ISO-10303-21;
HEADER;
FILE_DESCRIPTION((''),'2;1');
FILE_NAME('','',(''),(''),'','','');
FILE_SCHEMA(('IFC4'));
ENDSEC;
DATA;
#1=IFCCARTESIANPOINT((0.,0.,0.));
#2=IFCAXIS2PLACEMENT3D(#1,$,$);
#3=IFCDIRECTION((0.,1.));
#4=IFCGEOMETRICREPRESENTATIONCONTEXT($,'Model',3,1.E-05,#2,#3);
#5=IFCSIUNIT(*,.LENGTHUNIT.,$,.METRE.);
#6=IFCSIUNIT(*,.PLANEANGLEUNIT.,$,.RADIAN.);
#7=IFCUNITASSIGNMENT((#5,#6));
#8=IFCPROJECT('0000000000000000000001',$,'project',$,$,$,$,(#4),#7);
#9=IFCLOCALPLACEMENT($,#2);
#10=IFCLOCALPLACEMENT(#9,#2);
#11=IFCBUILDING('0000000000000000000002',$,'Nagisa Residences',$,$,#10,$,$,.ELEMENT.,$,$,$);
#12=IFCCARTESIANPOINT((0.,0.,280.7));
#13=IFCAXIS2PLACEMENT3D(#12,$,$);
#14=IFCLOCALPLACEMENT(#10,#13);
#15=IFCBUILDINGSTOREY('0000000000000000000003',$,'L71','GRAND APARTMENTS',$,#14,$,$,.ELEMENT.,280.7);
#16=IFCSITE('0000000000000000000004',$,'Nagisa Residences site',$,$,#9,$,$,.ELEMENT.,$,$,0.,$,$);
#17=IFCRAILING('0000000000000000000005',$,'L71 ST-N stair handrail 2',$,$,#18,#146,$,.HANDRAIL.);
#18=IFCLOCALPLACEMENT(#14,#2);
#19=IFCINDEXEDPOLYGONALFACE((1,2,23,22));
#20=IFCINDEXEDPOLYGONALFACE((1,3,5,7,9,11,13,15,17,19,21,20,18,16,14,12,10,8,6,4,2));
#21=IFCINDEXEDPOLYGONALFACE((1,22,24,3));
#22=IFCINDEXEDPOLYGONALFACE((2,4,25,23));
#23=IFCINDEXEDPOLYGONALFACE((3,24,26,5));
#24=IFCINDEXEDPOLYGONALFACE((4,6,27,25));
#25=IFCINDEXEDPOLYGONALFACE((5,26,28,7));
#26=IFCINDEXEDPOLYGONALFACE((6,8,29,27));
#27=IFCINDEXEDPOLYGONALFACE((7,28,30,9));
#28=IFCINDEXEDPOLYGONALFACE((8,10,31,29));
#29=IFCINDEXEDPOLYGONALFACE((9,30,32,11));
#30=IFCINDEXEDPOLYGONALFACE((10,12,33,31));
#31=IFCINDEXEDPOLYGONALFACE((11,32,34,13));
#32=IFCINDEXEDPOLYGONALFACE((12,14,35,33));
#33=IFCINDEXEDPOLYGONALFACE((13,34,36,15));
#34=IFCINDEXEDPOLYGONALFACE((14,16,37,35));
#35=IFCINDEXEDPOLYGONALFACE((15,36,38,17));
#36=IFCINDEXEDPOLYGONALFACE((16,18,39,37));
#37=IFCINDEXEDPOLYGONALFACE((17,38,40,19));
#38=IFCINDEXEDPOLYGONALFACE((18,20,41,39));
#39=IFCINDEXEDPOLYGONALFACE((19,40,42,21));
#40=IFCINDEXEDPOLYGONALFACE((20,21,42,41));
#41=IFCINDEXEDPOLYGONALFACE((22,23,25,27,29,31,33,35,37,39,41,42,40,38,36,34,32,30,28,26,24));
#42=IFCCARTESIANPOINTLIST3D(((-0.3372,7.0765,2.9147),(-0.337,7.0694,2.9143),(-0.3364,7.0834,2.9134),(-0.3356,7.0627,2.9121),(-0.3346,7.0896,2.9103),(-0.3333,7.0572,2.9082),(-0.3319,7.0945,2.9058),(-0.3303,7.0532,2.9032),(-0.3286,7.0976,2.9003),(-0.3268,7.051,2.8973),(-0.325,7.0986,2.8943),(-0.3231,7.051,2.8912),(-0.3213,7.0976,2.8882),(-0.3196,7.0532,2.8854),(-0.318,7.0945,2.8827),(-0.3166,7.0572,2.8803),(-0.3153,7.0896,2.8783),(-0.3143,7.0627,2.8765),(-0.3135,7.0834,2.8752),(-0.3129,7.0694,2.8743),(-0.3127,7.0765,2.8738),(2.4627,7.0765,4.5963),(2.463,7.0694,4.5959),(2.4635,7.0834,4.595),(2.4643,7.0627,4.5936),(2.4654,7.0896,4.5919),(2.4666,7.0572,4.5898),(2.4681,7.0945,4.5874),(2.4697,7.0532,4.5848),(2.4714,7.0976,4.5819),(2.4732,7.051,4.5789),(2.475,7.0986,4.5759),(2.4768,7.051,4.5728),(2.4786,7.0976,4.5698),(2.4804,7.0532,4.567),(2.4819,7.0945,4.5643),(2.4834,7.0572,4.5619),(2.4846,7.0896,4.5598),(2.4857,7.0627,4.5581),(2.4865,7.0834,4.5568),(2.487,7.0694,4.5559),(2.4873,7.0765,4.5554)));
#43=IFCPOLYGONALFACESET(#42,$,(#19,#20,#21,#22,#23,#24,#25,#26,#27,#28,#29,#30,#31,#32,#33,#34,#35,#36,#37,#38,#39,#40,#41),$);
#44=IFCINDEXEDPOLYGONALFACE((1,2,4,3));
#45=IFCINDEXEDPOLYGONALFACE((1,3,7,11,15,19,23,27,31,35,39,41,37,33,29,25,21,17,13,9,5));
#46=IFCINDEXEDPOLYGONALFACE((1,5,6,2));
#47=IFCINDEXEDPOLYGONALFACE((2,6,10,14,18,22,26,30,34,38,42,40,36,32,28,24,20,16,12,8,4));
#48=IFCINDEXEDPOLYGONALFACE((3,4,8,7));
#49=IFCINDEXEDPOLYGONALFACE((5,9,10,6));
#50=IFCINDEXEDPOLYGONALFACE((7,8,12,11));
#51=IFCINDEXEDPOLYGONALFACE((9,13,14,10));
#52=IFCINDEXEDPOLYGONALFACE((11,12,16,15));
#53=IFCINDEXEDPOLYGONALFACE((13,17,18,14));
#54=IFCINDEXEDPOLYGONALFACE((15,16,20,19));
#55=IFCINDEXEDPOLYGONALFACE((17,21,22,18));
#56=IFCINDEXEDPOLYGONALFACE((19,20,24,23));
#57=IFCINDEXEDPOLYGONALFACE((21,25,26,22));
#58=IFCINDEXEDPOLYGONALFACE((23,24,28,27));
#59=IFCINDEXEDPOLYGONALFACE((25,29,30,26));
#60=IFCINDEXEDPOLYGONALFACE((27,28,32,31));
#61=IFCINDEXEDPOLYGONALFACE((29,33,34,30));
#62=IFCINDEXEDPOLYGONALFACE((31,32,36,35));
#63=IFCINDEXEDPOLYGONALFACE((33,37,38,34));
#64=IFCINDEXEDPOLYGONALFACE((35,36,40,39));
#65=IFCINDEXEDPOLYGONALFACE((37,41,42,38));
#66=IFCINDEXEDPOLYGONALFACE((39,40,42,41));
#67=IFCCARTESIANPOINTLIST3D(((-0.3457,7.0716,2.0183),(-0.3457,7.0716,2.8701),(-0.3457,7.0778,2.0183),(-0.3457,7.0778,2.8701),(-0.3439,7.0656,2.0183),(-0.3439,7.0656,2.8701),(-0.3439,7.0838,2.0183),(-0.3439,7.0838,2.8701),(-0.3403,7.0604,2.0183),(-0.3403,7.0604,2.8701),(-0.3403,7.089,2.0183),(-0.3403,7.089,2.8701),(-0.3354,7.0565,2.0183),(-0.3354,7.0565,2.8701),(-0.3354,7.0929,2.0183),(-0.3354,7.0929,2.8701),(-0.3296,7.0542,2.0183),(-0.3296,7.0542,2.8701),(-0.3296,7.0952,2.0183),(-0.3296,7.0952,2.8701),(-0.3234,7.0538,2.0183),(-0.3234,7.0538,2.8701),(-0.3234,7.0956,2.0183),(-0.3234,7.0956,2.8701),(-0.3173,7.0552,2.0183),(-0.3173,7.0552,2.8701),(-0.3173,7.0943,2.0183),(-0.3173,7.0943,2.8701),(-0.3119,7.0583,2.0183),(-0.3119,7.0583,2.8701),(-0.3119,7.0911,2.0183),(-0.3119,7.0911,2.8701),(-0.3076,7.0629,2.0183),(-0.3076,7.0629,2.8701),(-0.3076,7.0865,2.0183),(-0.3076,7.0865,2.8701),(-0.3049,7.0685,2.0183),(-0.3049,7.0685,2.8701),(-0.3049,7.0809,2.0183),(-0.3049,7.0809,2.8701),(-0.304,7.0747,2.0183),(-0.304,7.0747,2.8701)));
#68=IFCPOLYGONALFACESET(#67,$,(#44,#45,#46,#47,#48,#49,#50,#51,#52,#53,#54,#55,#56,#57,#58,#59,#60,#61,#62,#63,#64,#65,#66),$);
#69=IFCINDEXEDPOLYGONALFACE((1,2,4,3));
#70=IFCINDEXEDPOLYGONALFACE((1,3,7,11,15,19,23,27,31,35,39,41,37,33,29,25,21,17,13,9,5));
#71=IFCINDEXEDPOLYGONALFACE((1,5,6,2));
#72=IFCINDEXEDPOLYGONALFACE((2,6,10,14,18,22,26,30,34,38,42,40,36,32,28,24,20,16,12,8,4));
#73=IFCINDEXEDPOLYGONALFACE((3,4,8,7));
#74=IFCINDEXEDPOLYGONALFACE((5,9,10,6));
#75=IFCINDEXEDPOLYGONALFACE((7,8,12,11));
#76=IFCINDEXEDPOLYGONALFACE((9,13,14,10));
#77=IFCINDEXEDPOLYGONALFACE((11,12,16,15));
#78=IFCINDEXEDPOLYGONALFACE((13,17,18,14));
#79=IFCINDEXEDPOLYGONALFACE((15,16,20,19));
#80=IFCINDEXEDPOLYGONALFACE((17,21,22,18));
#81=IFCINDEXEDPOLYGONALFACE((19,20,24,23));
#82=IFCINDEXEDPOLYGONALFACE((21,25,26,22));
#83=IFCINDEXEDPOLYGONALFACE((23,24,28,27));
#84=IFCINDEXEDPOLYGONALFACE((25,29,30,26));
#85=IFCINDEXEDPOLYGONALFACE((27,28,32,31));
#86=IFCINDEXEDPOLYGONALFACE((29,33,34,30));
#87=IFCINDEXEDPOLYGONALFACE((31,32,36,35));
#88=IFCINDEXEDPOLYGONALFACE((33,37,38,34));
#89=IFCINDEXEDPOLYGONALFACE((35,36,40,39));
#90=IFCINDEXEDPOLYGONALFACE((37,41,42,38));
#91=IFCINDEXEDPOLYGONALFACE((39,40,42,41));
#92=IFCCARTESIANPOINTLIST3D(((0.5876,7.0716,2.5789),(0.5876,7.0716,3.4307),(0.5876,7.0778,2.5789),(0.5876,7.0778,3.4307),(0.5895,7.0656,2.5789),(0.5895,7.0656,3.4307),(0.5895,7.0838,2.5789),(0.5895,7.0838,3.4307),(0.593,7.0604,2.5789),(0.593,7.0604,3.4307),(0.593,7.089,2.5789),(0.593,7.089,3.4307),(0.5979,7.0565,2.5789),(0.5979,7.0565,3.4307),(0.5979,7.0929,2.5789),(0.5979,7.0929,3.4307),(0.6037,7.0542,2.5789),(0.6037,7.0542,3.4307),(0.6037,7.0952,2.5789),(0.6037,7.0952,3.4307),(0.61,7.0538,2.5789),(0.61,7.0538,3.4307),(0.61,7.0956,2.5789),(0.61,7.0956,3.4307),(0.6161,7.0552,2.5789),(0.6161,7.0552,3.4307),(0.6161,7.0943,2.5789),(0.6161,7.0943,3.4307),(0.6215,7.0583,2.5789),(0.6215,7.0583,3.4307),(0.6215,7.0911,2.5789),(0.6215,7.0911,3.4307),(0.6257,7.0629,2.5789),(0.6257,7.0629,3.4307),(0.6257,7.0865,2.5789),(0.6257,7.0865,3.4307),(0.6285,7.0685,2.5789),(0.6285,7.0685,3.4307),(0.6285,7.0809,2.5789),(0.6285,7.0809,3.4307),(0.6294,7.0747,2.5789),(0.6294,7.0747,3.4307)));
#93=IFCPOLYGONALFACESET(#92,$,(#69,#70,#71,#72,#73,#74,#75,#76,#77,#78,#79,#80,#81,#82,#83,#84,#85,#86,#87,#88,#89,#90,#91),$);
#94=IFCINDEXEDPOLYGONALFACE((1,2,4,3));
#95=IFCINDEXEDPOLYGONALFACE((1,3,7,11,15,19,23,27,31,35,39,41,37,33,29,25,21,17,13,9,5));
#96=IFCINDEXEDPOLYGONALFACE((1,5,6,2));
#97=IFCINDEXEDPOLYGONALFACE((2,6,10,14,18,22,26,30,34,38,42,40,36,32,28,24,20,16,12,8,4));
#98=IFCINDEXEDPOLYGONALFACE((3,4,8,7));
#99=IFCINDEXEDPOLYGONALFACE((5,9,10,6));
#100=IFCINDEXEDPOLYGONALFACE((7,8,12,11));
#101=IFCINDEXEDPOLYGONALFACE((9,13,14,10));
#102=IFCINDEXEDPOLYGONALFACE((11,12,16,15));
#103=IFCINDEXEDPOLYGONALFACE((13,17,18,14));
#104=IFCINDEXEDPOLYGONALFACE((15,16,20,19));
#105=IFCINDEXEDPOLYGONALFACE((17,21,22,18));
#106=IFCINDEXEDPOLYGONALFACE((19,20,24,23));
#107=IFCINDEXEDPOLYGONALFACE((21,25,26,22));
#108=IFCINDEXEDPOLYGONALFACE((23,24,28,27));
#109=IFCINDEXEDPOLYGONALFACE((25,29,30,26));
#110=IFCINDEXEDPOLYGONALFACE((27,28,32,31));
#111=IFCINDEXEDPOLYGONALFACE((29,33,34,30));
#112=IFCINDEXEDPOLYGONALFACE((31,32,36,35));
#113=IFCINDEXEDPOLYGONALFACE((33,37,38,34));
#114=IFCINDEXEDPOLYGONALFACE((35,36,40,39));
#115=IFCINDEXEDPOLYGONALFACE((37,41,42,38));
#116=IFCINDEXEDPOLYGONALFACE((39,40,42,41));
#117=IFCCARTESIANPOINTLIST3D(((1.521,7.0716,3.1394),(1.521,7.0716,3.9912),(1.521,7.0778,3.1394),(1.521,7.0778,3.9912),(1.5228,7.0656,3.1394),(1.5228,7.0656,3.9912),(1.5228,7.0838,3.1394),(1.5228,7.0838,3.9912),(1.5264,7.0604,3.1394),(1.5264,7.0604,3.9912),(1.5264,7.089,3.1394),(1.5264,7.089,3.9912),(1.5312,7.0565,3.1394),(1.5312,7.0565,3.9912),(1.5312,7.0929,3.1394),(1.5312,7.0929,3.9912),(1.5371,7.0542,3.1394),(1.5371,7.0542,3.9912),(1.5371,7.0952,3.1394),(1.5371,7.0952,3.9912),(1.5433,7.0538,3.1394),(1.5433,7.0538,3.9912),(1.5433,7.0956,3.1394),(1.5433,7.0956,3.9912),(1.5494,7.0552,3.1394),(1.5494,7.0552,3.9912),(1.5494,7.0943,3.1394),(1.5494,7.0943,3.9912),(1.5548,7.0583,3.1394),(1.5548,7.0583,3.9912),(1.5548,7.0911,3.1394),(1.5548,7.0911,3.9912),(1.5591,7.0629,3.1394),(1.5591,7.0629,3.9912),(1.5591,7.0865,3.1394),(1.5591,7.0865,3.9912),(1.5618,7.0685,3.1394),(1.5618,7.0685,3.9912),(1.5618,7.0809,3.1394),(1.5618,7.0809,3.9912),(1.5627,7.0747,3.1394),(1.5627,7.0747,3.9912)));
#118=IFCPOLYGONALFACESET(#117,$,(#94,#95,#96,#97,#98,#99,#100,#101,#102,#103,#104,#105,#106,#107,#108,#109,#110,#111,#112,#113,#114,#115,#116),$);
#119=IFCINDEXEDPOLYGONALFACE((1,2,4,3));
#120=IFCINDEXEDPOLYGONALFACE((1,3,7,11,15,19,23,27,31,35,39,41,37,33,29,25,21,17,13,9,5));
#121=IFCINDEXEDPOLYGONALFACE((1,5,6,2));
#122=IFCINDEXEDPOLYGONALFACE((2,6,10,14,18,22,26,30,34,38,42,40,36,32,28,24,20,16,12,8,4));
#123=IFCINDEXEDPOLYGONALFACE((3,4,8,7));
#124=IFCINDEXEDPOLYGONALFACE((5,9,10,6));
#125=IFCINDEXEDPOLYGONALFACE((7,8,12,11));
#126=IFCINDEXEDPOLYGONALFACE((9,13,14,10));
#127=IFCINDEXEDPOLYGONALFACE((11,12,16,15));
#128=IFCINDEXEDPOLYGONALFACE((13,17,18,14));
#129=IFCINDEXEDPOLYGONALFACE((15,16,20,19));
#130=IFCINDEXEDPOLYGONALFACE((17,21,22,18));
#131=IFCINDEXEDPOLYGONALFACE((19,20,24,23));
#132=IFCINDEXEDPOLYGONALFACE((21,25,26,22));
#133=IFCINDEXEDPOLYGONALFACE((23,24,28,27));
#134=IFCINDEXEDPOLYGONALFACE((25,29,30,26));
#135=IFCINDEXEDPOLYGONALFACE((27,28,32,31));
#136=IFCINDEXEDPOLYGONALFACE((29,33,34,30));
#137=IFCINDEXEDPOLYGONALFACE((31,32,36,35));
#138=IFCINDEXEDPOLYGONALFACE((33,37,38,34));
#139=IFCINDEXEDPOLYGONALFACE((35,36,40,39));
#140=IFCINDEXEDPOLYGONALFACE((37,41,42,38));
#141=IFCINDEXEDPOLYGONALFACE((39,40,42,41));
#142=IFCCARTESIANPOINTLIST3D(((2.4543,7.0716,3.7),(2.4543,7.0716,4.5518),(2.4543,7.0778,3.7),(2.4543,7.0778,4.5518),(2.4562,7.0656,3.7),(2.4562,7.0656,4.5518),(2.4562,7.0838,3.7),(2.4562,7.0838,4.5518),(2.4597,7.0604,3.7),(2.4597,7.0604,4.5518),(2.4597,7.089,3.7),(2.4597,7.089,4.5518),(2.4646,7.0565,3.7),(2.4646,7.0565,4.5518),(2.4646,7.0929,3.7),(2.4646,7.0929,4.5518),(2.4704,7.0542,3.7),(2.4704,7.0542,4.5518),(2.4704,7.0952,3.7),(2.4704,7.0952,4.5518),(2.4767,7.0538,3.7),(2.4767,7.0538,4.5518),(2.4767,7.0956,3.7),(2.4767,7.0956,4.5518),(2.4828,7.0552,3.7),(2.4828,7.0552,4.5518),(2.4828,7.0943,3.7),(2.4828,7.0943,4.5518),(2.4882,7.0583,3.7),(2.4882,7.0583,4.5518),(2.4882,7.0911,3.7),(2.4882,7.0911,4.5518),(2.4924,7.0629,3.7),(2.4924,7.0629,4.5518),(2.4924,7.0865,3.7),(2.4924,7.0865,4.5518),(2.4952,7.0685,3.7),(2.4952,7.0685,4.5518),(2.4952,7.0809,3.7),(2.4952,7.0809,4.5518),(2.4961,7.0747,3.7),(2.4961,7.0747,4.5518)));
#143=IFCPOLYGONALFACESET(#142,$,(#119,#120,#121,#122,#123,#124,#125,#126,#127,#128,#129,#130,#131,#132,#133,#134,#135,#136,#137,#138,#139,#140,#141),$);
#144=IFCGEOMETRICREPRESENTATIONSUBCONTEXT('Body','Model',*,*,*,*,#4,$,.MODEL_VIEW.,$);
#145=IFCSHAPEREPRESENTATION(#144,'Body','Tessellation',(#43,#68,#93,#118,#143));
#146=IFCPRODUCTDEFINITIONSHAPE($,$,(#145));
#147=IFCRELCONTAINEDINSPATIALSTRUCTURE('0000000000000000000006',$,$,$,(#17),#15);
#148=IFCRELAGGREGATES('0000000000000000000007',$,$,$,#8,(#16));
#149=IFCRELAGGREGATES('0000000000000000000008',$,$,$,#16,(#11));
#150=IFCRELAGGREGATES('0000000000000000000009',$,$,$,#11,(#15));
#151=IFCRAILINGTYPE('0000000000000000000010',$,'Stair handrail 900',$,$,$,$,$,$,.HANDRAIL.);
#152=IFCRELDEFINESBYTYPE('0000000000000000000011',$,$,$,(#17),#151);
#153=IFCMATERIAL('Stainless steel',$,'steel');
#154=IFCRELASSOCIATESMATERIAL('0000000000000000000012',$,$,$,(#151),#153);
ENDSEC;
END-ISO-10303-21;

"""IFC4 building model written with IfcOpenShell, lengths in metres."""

from ifc_helpers import new_model, si_unit, direction, frame, origin, origin_2d, place, context, subcontext, project, spatial, circle, extrude, material, type_object, element, save


model = new_model("IFC4")

# Units and contexts
model_context = context("Model", 3, precision=1e-05, world=origin(), true_north=direction((0.0, 1.0)))
body_context = subcontext(model_context, "Body", "Model", "MODEL_VIEW")
ifc_project = project(units=[si_unit("LENGTHUNIT", "METRE"), si_unit("PLANEANGLEUNIT", "RADIAN")], contexts=[model_context])

# Site, building, storey
site_placement = place(None, origin())
site = spatial("IfcSite", under=ifc_project, at=site_placement, Name="Nagisa Residences site", CompositionType="ELEMENT", RefElevation=0.0)
building_placement = place(site_placement, origin())
building = spatial("IfcBuilding", under=site, at=building_placement, Name="Nagisa Residences", CompositionType="ELEMENT")
storey_placement = place(building_placement, frame((0.0, 0.0, 280.7)))
storey = spatial("IfcBuildingStorey", under=building, at=storey_placement, Name="L71", Description="GRAND APARTMENTS", CompositionType="ELEMENT", Elevation=280.7)

# Railing
ifc_material_1 = material(Name="Stainless steel", Category="steel")
railing_type = type_object("IfcRailingType", Name="Stair handrail 900", PredefinedType="HANDRAIL", material=ifc_material_1)
railing_placement = place(storey_placement, frame((-0.325, 7.0747, 2.0183)))
element("IfcRailing", 1, at=railing_placement, inside=storey, type_object=railing_type, Name="L71 ST-N stair handrail 2", PredefinedType="HANDRAIL", context=body_context, shape_type="SweptSolid", body=[
    extrude(circle(Radius=0.0239, at=origin_2d()), frame((0.0, 0.0, 0.876), z_axis=(0.857275, 0.0, 0.514858), x_axis=(0.0, 1.0, 0.0)), (0.0, 0.0, 1.0), 3.2661),
    extrude(circle(Radius=0.021, at=origin_2d()), origin(), (0.0, 0.0, 1.0), 0.8518),
    extrude(circle(Radius=0.021, at=origin_2d()), frame((0.9333, 0.0, 0.5605)), (0.0, 0.0, 1.0), 0.8518),
    extrude(circle(Radius=0.021, at=origin_2d()), frame((1.8667, 0.0, 1.1211)), (0.0, 0.0, 1.0), 0.8518),
    extrude(circle(Radius=0.021, at=origin_2d()), frame((2.8, 0.0, 1.6816)), (0.0, 0.0, 1.0), 0.8518),
])

save(model, "model.ifc")
